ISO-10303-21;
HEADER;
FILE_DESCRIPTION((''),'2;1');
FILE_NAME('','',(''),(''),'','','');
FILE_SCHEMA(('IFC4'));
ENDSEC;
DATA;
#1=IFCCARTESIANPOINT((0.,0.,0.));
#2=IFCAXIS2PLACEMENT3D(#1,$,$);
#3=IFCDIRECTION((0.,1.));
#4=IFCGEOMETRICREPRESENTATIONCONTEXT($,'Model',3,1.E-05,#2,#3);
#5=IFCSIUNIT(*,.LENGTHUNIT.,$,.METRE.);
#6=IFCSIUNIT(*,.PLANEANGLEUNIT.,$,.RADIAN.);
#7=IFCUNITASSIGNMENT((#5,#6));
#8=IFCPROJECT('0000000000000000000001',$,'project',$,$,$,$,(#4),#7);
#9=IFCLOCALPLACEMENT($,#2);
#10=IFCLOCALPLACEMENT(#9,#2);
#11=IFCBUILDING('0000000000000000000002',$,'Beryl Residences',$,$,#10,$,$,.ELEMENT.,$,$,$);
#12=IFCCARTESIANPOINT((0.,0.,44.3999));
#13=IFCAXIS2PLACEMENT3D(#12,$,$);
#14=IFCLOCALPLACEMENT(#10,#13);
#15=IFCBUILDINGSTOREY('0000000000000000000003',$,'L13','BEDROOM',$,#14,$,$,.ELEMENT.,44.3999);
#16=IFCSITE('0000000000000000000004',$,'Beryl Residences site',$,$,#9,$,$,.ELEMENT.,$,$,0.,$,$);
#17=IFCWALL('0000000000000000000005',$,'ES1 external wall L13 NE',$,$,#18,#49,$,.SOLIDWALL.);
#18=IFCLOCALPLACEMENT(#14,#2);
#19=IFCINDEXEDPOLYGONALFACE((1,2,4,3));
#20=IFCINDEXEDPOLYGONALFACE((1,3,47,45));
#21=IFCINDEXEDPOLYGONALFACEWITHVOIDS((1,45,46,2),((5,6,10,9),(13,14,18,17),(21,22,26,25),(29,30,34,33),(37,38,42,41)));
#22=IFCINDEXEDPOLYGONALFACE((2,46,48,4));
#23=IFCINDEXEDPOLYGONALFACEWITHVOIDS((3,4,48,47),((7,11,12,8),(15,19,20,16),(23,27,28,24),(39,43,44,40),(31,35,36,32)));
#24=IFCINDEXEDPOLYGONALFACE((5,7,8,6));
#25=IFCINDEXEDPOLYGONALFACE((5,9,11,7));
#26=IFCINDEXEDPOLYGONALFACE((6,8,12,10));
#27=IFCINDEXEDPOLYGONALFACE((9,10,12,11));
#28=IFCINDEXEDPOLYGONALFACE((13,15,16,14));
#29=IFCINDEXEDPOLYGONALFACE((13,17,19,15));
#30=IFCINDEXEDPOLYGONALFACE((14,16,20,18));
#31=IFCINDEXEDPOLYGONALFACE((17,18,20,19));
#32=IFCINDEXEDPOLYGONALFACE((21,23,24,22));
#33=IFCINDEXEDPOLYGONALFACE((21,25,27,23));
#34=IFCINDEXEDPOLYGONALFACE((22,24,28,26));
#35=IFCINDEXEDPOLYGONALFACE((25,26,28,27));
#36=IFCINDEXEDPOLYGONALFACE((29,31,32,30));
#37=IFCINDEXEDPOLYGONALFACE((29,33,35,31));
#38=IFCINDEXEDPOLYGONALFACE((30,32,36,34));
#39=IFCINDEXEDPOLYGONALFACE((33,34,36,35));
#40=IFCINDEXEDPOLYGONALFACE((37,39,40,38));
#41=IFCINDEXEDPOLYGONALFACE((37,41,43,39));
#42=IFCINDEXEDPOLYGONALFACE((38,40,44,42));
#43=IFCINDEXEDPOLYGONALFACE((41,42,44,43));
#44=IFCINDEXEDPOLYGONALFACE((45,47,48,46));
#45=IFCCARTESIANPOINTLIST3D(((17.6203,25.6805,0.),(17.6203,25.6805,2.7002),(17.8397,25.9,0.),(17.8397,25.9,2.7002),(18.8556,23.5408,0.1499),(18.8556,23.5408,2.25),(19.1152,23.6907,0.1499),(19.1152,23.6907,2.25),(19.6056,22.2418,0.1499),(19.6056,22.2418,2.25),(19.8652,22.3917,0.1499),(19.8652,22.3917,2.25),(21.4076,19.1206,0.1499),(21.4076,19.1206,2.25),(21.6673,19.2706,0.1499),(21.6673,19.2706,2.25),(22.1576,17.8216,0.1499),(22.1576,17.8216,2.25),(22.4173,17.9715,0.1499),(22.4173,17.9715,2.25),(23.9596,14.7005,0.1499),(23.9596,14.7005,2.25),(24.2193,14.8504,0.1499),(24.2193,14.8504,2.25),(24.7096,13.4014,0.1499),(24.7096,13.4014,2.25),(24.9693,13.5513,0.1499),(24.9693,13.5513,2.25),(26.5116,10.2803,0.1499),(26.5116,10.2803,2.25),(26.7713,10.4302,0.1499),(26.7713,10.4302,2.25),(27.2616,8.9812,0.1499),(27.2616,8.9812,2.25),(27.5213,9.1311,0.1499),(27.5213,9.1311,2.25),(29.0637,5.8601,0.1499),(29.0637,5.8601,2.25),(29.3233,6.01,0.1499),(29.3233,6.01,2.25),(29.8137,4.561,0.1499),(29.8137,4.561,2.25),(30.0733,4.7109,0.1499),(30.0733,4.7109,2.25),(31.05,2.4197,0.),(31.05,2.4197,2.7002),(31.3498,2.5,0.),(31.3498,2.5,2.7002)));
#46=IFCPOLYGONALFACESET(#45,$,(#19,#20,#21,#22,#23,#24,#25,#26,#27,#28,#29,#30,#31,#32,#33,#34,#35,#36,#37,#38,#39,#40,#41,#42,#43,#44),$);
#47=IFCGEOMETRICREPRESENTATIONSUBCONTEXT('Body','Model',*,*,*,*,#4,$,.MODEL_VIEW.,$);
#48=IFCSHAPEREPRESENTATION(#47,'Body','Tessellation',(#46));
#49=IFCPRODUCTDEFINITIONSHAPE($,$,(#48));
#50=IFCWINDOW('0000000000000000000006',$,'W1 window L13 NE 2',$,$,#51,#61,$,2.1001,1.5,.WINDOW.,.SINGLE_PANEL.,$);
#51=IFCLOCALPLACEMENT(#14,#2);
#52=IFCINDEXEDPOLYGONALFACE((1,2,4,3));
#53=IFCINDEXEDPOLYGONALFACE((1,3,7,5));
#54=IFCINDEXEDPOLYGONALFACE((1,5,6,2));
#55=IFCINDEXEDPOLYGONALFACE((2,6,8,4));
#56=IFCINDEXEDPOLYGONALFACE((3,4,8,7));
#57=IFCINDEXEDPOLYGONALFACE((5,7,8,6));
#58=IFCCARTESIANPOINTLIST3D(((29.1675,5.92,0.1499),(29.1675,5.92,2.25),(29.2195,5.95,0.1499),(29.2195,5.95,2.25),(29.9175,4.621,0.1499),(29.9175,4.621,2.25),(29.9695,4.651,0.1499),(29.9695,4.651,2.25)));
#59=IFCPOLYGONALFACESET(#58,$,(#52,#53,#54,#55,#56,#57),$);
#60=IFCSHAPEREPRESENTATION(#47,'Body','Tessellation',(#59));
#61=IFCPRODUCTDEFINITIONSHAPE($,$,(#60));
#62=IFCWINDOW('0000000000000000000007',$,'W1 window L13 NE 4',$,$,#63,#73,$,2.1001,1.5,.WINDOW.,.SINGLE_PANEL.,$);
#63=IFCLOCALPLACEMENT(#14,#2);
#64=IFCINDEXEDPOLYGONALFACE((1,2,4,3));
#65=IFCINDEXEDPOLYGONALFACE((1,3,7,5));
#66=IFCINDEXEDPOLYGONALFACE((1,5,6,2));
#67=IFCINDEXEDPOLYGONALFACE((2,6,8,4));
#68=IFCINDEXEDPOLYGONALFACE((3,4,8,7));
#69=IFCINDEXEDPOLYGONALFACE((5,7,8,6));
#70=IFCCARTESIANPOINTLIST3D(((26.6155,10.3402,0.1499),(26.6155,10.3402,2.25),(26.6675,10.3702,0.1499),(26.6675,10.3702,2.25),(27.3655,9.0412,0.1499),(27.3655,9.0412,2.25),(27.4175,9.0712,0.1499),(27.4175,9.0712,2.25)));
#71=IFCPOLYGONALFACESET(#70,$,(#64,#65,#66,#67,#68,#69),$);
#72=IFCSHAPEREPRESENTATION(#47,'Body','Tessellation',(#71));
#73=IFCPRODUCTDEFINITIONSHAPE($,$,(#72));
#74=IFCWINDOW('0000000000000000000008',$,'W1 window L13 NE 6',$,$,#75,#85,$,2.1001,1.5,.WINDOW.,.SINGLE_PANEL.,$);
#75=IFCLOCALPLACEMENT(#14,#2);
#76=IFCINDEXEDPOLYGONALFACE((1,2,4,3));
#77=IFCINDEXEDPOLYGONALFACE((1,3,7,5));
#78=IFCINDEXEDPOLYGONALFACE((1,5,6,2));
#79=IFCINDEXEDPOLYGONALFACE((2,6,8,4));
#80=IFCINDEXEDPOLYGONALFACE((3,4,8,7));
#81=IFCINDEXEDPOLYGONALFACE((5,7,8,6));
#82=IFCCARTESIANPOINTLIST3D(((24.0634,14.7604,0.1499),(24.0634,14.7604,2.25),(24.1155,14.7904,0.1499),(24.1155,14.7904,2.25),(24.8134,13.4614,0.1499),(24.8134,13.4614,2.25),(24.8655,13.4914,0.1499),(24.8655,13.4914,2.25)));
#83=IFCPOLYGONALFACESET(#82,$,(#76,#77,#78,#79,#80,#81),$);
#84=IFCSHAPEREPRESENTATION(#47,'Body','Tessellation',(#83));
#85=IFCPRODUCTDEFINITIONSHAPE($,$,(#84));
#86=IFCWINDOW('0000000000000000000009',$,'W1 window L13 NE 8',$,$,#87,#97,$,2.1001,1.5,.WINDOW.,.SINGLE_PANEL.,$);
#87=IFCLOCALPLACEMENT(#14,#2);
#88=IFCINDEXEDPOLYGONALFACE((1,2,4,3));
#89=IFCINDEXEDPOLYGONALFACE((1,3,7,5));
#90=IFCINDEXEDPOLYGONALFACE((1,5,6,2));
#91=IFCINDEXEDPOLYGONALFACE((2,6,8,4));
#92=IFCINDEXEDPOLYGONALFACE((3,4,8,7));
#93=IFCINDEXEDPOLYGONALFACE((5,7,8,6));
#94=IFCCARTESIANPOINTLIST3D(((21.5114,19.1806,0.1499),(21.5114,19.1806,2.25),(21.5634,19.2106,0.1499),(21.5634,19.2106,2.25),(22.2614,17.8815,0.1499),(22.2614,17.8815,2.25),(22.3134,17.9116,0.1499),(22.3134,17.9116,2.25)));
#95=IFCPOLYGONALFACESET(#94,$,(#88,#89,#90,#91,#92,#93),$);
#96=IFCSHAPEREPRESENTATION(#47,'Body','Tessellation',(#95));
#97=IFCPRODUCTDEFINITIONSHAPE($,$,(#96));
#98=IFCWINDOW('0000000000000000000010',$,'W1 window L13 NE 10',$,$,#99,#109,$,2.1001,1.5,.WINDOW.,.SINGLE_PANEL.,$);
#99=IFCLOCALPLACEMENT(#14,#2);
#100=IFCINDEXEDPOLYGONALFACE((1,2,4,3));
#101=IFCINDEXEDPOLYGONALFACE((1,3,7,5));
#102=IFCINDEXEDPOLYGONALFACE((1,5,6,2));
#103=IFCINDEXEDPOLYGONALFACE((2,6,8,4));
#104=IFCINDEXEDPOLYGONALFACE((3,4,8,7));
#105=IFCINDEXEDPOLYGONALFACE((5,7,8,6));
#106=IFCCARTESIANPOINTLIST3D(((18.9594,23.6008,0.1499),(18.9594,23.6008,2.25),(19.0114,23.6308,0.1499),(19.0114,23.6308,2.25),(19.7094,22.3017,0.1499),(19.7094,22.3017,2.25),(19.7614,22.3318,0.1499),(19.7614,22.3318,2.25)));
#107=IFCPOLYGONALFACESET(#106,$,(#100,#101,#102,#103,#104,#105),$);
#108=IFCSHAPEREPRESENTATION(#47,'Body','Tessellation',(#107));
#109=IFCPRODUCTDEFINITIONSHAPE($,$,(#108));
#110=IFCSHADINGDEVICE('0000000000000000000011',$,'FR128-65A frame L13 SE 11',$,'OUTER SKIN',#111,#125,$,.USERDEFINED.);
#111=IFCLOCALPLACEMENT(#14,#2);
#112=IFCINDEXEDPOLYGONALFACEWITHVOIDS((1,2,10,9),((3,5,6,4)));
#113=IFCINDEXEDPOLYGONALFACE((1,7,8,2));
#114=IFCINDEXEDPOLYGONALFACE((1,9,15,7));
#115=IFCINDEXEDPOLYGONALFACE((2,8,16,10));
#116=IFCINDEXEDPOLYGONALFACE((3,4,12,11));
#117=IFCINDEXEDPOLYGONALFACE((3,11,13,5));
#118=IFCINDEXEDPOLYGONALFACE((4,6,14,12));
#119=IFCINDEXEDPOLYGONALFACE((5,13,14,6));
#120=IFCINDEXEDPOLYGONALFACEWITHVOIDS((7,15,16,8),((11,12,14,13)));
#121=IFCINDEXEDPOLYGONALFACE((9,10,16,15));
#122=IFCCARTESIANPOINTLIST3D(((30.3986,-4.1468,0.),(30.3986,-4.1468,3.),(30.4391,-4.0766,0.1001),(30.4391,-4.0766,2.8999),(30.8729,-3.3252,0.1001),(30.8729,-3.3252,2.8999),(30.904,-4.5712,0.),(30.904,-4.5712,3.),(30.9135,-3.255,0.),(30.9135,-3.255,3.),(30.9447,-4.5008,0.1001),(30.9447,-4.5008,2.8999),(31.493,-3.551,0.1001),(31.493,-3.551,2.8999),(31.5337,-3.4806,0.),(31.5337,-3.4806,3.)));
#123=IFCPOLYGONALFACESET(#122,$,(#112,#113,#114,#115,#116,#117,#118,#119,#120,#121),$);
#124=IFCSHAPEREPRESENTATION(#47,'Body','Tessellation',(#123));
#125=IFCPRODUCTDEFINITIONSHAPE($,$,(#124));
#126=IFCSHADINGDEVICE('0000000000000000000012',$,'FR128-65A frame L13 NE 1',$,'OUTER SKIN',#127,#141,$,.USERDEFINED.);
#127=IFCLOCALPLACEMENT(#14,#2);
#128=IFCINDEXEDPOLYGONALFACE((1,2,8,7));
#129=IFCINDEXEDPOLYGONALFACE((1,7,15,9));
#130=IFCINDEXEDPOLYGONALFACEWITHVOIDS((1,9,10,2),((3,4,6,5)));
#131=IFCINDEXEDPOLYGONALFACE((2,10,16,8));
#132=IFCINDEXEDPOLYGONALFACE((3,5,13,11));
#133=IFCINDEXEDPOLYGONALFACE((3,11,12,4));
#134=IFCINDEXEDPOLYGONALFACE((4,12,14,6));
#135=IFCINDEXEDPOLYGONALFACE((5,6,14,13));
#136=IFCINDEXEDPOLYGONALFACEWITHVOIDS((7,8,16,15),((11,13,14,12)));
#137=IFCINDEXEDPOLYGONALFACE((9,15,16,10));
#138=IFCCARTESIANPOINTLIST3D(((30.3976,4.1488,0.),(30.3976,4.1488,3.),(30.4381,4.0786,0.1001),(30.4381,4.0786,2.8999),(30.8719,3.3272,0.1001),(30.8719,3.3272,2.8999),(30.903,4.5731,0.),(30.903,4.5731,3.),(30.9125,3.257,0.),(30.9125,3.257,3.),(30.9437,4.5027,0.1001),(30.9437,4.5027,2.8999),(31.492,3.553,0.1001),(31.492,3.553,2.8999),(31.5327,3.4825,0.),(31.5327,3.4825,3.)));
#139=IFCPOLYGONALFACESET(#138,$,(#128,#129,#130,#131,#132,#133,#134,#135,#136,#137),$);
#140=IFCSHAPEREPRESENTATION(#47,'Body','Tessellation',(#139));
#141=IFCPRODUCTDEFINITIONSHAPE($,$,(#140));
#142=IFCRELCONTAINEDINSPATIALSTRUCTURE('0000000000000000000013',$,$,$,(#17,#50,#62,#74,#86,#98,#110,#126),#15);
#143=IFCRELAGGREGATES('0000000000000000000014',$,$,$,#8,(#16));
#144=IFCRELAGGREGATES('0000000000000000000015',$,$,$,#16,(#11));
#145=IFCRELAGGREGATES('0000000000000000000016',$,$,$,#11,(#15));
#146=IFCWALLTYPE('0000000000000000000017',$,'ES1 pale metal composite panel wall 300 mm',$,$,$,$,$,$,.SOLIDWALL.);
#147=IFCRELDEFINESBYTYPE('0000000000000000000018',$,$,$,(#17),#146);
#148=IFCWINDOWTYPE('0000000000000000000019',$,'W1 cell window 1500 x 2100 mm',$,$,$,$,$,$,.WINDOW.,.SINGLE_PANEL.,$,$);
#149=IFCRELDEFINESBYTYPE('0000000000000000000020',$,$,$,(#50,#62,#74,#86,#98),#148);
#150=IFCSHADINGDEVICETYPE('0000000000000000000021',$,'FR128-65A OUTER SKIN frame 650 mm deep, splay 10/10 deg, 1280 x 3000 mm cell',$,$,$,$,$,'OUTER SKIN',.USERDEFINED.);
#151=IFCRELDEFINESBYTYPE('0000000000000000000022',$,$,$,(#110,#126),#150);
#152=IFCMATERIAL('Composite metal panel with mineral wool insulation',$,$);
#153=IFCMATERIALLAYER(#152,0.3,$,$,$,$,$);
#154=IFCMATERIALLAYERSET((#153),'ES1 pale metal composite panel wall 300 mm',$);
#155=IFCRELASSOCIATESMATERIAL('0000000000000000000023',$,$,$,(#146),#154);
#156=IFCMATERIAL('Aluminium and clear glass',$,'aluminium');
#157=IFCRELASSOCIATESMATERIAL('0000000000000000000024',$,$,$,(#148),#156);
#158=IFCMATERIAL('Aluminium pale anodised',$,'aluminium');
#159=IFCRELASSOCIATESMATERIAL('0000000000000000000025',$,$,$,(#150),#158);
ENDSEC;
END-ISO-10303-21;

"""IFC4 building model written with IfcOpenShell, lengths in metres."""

from ifc_helpers import new_model, entity, si_unit, direction, frame, frame_2d, origin, place, context, subcontext, project, spatial, polyline, rectangle, outline, extrude, source, transform, mapped, material, layer, layer_set, type_object, type_shapes, element, fill, save


model = new_model("IFC4")

# Units and contexts
model_context = context("Model", 3, precision=1e-05, world=origin(), true_north=direction((0.0, 1.0)))
body_context = subcontext(model_context, "Body", "Model", "MODEL_VIEW")
ifc_project = project(units=[si_unit("LENGTHUNIT", "METRE"), si_unit("PLANEANGLEUNIT", "RADIAN")], contexts=[model_context])

# Site, building, storey
site_placement = place(None, origin())
site = spatial("IfcSite", under=ifc_project, at=site_placement, Name="Beryl Residences site", CompositionType="ELEMENT", RefElevation=0.0)
building_placement = place(site_placement, origin())
building = spatial("IfcBuilding", under=site, at=building_placement, Name="Beryl Residences", CompositionType="ELEMENT")
storey_placement = place(building_placement, frame((0.0, 0.0, 44.3999)))
storey = spatial("IfcBuildingStorey", under=building, at=storey_placement, Name="L13", Description="BEDROOM", CompositionType="ELEMENT", Elevation=44.3999)

# Shared definitions
ifc_material_1 = material(Name="Composite metal panel with mineral wool insulation")
ifc_layer = layer(ifc_material_1, 0.3)
ifc_layer_set = layer_set([ifc_layer], Name="ES1 pale metal composite panel wall 300 mm")
wall_type = type_object("IfcWallType", Name="ES1 pale metal composite panel wall 300 mm", PredefinedType="SOLIDWALL", material=ifc_layer_set)

# Wall, openings, windows
wall_1_placement = place(storey_placement, frame((31.22, 2.425, 0.0), z_axis=(0.0, 0.0, 1.0), x_axis=(-0.500002, 0.866024, 0.0)))
wall_1 = element("IfcWall", 1, at=wall_1_placement, inside=storey, type_object=wall_type, Name="ES1 external wall L13 NE", PredefinedType="SOLIDWALL", context=body_context, shape_type="SweptSolid", body=[
    extrude(outline(polyline([(0.0, -0.1499), (27.02, -0.1499), (26.9397, 0.1499), (0.0803, 0.1499), (0.0, -0.1499)])), origin(), (0.0, 0.0, 1.0), 2.7002),
])
opening_1_placement = place(wall_1_placement, frame((2.553, 0.0, 0.1499)))
opening_1 = element("IfcOpeningElement", 2, at=opening_1_placement, cuts=wall_1, PredefinedType="OPENING", context=body_context, shape_type="SweptSolid", body=[
    extrude(rectangle(XDim=1.5, YDim=2.1001, at=frame_2d((0.75, 1.05))), frame((0.0, 0.1599, 0.0), z_axis=(0.0, -1.0, 0.0), x_axis=(1.0, 0.0, 0.0)), (0.0, 0.0, 1.0), 0.3201),
])
opening_2_placement = place(wall_1_placement, frame((7.657, 0.0, 0.1499)))
opening_2 = element("IfcOpeningElement", 3, at=opening_2_placement, cuts=wall_1, PredefinedType="OPENING", context=body_context, shape_type="SweptSolid", body=[
    extrude(rectangle(XDim=1.5, YDim=2.1001, at=frame_2d((0.75, 1.05))), frame((0.0, 0.1599, 0.0), z_axis=(0.0, -1.0, 0.0), x_axis=(1.0, 0.0, 0.0)), (0.0, 0.0, 1.0), 0.3201),
])
opening_3_placement = place(wall_1_placement, frame((12.761, 0.0, 0.1499)))
opening_3 = element("IfcOpeningElement", 4, at=opening_3_placement, cuts=wall_1, PredefinedType="OPENING", context=body_context, shape_type="SweptSolid", body=[
    extrude(rectangle(XDim=1.5, YDim=2.1001, at=frame_2d((0.75, 1.05))), frame((0.0, 0.1599, 0.0), z_axis=(0.0, -1.0, 0.0), x_axis=(1.0, 0.0, 0.0)), (0.0, 0.0, 1.0), 0.3201),
])
opening_4_placement = place(wall_1_placement, frame((17.865, 0.0, 0.1499)))
opening_4 = element("IfcOpeningElement", 5, at=opening_4_placement, cuts=wall_1, PredefinedType="OPENING", context=body_context, shape_type="SweptSolid", body=[
    extrude(rectangle(XDim=1.5, YDim=2.1001, at=frame_2d((0.75, 1.05))), frame((0.0, 0.1599, 0.0), z_axis=(0.0, -1.0, 0.0), x_axis=(1.0, 0.0, 0.0)), (0.0, 0.0, 1.0), 0.3201),
])
opening_5_placement = place(wall_1_placement, frame((22.969, 0.0, 0.1499)))
opening_5 = element("IfcOpeningElement", 6, at=opening_5_placement, cuts=wall_1, PredefinedType="OPENING", context=body_context, shape_type="SweptSolid", body=[
    extrude(rectangle(XDim=1.5, YDim=2.1001, at=frame_2d((0.75, 1.05))), frame((0.0, 0.1599, 0.0), z_axis=(0.0, -1.0, 0.0), x_axis=(1.0, 0.0, 0.0)), (0.0, 0.0, 1.0), 0.3201),
])
ifc_material_2 = material(Name="Aluminium and clear glass", Category="aluminium")
window_type_1 = type_object("IfcWindowType", Name="W1 cell window 1500 x 2100 mm", PartitioningType="SINGLE_PANEL", PredefinedType="WINDOW", material=ifc_material_2)
window_1_placement = place(opening_1_placement, origin())
window_1 = element("IfcWindow", 7, at=window_1_placement, inside=storey, type_object=window_type_1, Name="W1 window L13 NE 2", OverallHeight=2.1001, OverallWidth=1.5, PartitioningType="SINGLE_PANEL", PredefinedType="WINDOW", context=body_context, shape_type="SweptSolid", body=[
    extrude(rectangle(XDim=1.5, YDim=2.1001, at=frame_2d((0.75, 1.05))), frame((0.0, 0.03, 0.0), z_axis=(0.0, -1.0, 0.0), x_axis=(1.0, 0.0, 0.0)), (0.0, 0.0, 1.0), 0.0601),
])
fill(opening_1, window_1)
window_2_placement = place(opening_2_placement, origin())
window_2 = element("IfcWindow", 8, at=window_2_placement, inside=storey, type_object=window_type_1, Name="W1 window L13 NE 4", OverallHeight=2.1001, OverallWidth=1.5, PartitioningType="SINGLE_PANEL", PredefinedType="WINDOW", context=body_context, shape_type="SweptSolid", body=[
    extrude(rectangle(XDim=1.5, YDim=2.1001, at=frame_2d((0.75, 1.05))), frame((0.0, 0.03, 0.0), z_axis=(0.0, -1.0, 0.0), x_axis=(1.0, 0.0, 0.0)), (0.0, 0.0, 1.0), 0.0601),
])
fill(opening_2, window_2)
window_3_placement = place(opening_3_placement, origin())
window_3 = element("IfcWindow", 9, at=window_3_placement, inside=storey, type_object=window_type_1, Name="W1 window L13 NE 6", OverallHeight=2.1001, OverallWidth=1.5, PartitioningType="SINGLE_PANEL", PredefinedType="WINDOW", context=body_context, shape_type="SweptSolid", body=[
    extrude(rectangle(XDim=1.5, YDim=2.1001, at=frame_2d((0.75, 1.05))), frame((0.0, 0.03, 0.0), z_axis=(0.0, -1.0, 0.0), x_axis=(1.0, 0.0, 0.0)), (0.0, 0.0, 1.0), 0.0601),
])
fill(opening_3, window_3)
window_4_placement = place(opening_4_placement, origin())
window_4 = element("IfcWindow", 10, at=window_4_placement, inside=storey, type_object=window_type_1, Name="W1 window L13 NE 8", OverallHeight=2.1001, OverallWidth=1.5, PartitioningType="SINGLE_PANEL", PredefinedType="WINDOW", context=body_context, shape_type="SweptSolid", body=[
    extrude(rectangle(XDim=1.5, YDim=2.1001, at=frame_2d((0.75, 1.05))), frame((0.0, 0.03, 0.0), z_axis=(0.0, -1.0, 0.0), x_axis=(1.0, 0.0, 0.0)), (0.0, 0.0, 1.0), 0.0601),
])
fill(opening_4, window_4)
window_5_placement = place(opening_5_placement, origin())
window_5 = element("IfcWindow", 11, at=window_5_placement, inside=storey, type_object=window_type_1, Name="W1 window L13 NE 10", OverallHeight=2.1001, OverallWidth=1.5, PartitioningType="SINGLE_PANEL", PredefinedType="WINDOW", context=body_context, shape_type="SweptSolid", body=[
    extrude(rectangle(XDim=1.5, YDim=2.1001, at=frame_2d((0.75, 1.05))), frame((0.0, 0.03, 0.0), z_axis=(0.0, -1.0, 0.0), x_axis=(1.0, 0.0, 0.0)), (0.0, 0.0, 1.0), 0.0601),
])
fill(opening_5, window_5)

# Shading devices
ifc_material_3 = material(Name="Aluminium pale anodised", Category="aluminium")
shading_device_type_1 = type_object("IfcShadingDeviceType", Name="FR128-65A OUTER SKIN frame 650 mm deep, splay 10/10 deg, 1280 x 3000 mm cell", ElementType="OUTER SKIN", PredefinedType="USERDEFINED", material=ifc_material_3)
cartesian_point_1 = entity("IfcCartesianPoint", [-0.5149, 0.0])
cartesian_point_2 = entity("IfcCartesianPoint", [-0.4338, 0.1001])
cartesian_point_3 = entity("IfcCartesianPoint", [-0.6296, 0.0])
cartesian_point_4 = entity("IfcCartesianPoint", [-0.5483, 0.1001])
shared_shape_1 = source(origin(), body_context, "Body", "SweptSolid", [
    entity("IfcExtrudedAreaSolidTapered", entity("IfcArbitraryProfileDefWithVoids", "AREA", None, entity("IfcPolyline", [cartesian_point_1, entity("IfcCartesianPoint", [0.5149, 0.0]), entity("IfcCartesianPoint", [0.5149, 3.0]), entity("IfcCartesianPoint", [-0.5149, 3.0]), cartesian_point_1]), [entity("IfcPolyline", [cartesian_point_2, entity("IfcCartesianPoint", [0.4338, 0.1001]), entity("IfcCartesianPoint", [0.4338, 2.8999]), entity("IfcCartesianPoint", [-0.4338, 2.8999]), cartesian_point_2])]), entity("IfcAxis2Placement3D", entity("IfcCartesianPoint", [0.0, 0.0, 0.0]), entity("IfcDirection", [0.0, 1.0, 0.0]), entity("IfcDirection", [-1.0, 0.0, 0.0])), entity("IfcDirection", [0.0, 0.0, 1.0]), 0.6499, entity("IfcArbitraryProfileDefWithVoids", "AREA", None, entity("IfcPolyline", [cartesian_point_3, entity("IfcCartesianPoint", [0.6296, 0.0]), entity("IfcCartesianPoint", [0.6296, 3.0]), entity("IfcCartesianPoint", [-0.6296, 3.0]), cartesian_point_3]), [entity("IfcPolyline", [cartesian_point_4, entity("IfcCartesianPoint", [0.5483, 0.1001]), entity("IfcCartesianPoint", [0.5483, 2.8999]), entity("IfcCartesianPoint", [-0.5483, 2.8999]), cartesian_point_4])])),
])
type_shapes(shading_device_type_1, [shared_shape_1])
for number, where, z_axis, x_axis, name in (
    (12, (30.656, -3.7009, 0.0), (0.0, 0.0, 1.0), (-0.5, -0.866025, 0.0), "FR128-65A frame L13 SE 11"),
    (13, (30.655, 3.7029, 0.0), (0.0, 0.0, 1.0), (0.5, -0.866025, 0.0), "FR128-65A frame L13 NE 1"),
):
    element("IfcShadingDevice", number, at=place(storey_placement, frame(where, z_axis=z_axis, x_axis=x_axis)), inside=storey, type_object=shading_device_type_1, Name=name, ObjectType="OUTER SKIN", PredefinedType="USERDEFINED", context=body_context, shape_type="MappedRepresentation", body=[
        mapped(shared_shape_1, transform((0.0, 0.0, 0.0))),
    ])

save(model, "model.ifc")
